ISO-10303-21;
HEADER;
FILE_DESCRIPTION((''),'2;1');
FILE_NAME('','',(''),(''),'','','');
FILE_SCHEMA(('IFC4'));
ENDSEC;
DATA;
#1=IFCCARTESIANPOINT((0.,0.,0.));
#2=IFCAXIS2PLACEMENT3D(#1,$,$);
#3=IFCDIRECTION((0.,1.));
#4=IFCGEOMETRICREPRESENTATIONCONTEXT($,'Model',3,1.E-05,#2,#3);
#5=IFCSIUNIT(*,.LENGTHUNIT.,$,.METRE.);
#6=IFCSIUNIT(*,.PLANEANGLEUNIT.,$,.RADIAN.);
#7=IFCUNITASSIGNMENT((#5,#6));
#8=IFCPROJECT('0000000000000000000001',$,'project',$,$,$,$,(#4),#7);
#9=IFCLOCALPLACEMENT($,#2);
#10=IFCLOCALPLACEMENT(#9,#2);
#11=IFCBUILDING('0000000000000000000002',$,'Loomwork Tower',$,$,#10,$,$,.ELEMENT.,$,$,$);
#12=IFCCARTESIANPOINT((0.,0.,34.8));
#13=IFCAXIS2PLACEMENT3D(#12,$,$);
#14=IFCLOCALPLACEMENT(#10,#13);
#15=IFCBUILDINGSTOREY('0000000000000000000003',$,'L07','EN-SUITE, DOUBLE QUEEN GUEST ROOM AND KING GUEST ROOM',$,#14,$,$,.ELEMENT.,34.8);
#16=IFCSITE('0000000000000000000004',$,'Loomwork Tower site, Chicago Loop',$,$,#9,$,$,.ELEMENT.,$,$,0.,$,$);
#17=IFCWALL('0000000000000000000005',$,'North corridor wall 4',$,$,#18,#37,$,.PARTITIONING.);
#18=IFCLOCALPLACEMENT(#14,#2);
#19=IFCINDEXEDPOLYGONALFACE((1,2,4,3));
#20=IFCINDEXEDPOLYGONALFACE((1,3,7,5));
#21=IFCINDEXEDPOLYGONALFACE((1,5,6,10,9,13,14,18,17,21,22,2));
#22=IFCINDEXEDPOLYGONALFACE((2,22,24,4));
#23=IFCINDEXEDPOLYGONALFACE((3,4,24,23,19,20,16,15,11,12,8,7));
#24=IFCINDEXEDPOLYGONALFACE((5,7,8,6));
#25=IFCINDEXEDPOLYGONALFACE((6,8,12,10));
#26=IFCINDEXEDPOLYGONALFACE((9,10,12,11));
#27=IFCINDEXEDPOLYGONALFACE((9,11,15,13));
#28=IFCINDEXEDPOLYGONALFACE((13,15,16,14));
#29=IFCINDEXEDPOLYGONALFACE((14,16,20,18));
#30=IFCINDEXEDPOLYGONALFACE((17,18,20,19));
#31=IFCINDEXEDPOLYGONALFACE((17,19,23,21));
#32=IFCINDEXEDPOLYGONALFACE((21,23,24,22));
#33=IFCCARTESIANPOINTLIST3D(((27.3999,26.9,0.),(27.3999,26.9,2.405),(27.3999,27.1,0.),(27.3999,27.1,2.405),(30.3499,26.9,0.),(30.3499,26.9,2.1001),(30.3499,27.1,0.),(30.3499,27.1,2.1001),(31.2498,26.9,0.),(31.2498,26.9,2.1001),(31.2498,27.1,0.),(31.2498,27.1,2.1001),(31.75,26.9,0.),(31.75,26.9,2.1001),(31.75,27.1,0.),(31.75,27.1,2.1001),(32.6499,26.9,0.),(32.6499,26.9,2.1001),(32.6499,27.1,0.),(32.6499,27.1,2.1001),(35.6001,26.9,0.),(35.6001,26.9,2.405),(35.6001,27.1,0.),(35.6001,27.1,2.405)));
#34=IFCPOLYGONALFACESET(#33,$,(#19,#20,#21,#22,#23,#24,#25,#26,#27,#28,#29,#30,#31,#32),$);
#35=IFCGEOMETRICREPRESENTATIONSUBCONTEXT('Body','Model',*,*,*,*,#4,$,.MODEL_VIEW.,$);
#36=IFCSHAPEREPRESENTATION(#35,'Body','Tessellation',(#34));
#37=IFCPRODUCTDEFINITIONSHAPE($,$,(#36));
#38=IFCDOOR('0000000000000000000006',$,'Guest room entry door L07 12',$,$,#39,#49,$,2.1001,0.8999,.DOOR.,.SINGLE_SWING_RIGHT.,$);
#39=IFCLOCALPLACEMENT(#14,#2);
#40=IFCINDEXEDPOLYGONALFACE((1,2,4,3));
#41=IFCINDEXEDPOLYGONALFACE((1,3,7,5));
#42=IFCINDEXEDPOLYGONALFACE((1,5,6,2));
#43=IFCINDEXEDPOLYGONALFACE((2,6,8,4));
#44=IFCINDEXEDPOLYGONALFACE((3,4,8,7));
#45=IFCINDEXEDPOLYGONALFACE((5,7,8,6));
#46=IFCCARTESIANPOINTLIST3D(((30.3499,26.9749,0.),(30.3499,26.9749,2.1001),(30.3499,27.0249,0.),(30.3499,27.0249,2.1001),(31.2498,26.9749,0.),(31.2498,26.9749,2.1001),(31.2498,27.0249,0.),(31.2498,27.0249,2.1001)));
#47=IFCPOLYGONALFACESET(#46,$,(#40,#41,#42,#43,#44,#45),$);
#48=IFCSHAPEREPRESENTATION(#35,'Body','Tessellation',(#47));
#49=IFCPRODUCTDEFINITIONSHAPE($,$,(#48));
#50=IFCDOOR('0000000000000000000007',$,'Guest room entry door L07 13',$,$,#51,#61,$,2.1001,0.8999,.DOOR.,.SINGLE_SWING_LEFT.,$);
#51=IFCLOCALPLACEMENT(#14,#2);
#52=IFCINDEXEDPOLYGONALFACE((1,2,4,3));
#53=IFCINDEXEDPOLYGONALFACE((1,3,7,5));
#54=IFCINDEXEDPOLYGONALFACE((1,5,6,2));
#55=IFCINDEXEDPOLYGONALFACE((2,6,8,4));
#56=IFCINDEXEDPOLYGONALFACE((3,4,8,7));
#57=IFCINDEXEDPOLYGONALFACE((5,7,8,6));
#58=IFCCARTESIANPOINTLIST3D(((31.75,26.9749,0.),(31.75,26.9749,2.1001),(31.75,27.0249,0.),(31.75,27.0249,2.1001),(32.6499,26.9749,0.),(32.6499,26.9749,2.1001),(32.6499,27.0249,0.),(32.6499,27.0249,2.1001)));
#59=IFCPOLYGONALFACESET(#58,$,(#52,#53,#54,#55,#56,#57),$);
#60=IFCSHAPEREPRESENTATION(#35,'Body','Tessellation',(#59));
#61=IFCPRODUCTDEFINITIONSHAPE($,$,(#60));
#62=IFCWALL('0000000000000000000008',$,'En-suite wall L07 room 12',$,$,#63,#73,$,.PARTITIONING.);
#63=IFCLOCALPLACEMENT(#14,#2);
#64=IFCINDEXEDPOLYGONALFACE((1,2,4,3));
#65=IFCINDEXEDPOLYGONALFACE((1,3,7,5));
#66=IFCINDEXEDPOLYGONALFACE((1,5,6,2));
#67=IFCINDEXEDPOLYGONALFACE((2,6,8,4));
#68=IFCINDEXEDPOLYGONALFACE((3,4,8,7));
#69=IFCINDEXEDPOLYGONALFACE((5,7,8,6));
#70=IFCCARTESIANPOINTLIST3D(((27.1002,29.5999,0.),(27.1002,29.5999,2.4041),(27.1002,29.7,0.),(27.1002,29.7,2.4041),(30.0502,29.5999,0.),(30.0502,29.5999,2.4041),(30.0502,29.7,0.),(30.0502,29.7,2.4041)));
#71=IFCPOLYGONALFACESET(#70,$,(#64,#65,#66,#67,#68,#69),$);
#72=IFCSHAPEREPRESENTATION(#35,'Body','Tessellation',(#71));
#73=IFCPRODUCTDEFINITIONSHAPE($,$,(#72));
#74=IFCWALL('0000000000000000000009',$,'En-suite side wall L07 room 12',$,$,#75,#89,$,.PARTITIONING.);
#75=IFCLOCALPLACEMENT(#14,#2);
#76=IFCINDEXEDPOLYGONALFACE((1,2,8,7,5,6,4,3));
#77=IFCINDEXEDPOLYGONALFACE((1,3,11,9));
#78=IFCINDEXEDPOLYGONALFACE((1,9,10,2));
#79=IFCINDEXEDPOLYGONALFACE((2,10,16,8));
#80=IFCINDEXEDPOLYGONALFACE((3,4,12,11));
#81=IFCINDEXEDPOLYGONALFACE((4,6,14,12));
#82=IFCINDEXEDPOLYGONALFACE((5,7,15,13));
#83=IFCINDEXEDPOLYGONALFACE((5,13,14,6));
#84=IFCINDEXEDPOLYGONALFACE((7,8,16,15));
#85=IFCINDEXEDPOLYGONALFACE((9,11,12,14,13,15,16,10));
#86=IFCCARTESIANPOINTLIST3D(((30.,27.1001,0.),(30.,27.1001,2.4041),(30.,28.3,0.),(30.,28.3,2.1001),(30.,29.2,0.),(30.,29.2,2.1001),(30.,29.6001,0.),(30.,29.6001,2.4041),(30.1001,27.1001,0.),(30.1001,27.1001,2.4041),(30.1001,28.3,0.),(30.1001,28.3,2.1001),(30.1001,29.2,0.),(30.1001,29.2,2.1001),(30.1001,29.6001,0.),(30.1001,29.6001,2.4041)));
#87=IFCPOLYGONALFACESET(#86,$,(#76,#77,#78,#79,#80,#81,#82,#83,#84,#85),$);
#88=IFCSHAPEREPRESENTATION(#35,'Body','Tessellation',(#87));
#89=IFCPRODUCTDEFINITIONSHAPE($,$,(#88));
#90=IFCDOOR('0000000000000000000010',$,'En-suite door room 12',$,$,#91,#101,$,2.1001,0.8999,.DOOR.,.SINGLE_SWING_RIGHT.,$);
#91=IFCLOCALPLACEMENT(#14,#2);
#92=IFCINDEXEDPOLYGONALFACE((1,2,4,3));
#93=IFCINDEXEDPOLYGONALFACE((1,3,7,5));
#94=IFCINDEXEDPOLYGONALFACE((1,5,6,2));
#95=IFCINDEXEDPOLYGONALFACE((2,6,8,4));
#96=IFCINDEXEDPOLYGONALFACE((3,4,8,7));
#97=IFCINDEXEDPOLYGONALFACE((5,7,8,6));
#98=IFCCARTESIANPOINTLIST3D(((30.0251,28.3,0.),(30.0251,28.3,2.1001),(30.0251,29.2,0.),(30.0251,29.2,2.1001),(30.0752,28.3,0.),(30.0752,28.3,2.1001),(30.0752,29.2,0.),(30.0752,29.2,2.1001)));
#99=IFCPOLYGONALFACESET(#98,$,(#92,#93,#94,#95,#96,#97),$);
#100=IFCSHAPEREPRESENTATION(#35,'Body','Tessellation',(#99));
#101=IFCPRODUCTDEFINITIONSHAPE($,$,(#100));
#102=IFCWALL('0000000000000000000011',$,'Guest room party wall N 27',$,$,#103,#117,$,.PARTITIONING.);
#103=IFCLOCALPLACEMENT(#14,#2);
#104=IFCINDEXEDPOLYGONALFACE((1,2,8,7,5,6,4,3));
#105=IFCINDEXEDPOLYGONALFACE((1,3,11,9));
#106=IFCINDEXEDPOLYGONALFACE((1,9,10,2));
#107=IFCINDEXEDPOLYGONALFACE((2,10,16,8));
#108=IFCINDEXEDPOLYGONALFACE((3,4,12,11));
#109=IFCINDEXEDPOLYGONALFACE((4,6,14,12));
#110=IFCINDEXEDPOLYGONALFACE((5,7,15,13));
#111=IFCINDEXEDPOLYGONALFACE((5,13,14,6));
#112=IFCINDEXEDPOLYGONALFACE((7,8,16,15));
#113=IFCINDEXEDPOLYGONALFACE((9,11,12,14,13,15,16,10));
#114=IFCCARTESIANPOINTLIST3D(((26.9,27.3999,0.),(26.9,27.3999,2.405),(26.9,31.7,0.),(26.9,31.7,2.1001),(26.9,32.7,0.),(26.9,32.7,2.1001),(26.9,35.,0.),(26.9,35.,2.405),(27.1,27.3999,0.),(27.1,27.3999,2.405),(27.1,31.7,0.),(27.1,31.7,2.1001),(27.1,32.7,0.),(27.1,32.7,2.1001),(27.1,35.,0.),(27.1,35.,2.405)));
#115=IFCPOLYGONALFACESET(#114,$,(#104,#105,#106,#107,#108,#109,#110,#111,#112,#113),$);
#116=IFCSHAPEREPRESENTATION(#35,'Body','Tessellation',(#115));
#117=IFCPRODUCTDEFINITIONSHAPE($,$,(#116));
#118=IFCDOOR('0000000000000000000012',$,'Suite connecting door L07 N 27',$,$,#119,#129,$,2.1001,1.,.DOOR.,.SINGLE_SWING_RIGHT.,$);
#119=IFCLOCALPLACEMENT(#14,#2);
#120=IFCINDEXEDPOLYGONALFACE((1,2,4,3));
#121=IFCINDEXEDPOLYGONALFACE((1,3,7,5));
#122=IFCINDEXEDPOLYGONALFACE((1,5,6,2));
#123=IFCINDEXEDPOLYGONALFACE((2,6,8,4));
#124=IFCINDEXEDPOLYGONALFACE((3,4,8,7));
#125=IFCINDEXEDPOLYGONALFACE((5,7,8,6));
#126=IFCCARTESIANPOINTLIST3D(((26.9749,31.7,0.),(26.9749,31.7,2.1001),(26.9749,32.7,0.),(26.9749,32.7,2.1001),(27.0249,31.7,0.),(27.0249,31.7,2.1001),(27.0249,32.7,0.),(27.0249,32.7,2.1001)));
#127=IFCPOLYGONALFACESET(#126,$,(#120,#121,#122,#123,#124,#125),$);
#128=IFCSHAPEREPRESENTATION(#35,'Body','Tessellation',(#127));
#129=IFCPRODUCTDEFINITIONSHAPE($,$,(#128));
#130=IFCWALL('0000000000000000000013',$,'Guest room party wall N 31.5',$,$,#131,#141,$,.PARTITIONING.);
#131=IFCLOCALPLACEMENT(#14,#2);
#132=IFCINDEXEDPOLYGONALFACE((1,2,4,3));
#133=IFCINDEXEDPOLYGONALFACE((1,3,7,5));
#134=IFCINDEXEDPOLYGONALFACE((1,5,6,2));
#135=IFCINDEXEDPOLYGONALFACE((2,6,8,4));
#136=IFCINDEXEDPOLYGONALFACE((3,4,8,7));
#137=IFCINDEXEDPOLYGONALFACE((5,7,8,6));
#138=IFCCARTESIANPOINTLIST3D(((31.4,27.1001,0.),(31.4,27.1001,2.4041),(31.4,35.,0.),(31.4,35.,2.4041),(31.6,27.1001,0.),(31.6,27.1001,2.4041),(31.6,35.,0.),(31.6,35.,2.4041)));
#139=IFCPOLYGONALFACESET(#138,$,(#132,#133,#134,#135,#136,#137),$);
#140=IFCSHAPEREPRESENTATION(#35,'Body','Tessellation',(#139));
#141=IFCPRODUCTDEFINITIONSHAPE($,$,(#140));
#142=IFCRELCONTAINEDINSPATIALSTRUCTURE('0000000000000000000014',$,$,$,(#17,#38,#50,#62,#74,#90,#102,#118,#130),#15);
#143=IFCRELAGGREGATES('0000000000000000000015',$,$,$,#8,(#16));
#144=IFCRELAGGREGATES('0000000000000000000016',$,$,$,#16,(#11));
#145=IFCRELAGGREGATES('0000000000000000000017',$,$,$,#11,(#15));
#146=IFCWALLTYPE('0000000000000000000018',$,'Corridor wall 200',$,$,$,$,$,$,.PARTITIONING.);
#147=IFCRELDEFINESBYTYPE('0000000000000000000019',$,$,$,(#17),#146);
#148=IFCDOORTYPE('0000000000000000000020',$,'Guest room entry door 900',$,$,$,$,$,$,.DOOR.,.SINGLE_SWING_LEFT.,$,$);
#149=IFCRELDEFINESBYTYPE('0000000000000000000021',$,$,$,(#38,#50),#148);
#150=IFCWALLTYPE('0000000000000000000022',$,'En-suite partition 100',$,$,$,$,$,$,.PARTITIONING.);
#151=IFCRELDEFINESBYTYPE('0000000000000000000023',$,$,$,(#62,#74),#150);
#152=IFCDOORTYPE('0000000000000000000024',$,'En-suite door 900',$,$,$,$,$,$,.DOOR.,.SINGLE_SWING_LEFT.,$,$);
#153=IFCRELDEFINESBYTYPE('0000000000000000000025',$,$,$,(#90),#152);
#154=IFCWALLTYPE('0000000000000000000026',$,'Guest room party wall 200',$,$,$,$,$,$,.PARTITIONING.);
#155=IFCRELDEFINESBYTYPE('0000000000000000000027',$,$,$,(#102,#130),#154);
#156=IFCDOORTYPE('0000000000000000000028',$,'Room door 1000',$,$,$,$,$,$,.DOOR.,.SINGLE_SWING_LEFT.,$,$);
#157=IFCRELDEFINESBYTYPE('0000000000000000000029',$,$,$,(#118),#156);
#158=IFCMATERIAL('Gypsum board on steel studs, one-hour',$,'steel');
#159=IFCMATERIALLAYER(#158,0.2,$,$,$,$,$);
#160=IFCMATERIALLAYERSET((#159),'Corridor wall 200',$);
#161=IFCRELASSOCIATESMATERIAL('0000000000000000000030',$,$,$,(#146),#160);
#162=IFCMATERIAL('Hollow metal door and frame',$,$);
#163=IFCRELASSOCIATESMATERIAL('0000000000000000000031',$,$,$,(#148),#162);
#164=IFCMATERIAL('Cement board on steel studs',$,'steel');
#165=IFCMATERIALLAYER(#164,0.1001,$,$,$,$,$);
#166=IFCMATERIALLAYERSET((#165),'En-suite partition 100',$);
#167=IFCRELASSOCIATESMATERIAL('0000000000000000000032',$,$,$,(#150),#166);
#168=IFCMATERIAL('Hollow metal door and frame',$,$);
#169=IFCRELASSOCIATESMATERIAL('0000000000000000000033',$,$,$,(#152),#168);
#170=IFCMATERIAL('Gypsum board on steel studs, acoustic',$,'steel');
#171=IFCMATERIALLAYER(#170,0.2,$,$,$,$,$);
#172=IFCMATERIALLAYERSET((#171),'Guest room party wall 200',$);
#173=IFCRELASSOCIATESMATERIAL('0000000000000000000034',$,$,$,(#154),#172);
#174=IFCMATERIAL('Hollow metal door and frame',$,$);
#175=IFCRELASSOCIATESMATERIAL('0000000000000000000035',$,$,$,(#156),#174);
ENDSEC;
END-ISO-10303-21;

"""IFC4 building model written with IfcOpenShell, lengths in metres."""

from ifc_helpers import new_model, si_unit, direction, frame, frame_2d, origin, place, context, subcontext, project, spatial, rectangle, extrude, material, layer, layer_set, type_object, element, fill, save


model = new_model("IFC4")

# Units and contexts
model_context = context("Model", 3, precision=1e-05, world=origin(), true_north=direction((0.0, 1.0)))
body_context = subcontext(model_context, "Body", "Model", "MODEL_VIEW")
ifc_project = project(units=[si_unit("LENGTHUNIT", "METRE"), si_unit("PLANEANGLEUNIT", "RADIAN")], contexts=[model_context])

# Site, building, storey
site_placement = place(None, origin())
site = spatial("IfcSite", under=ifc_project, at=site_placement, Name="Loomwork Tower site, Chicago Loop", CompositionType="ELEMENT", RefElevation=0.0)
building_placement = place(site_placement, origin())
building = spatial("IfcBuilding", under=site, at=building_placement, Name="Loomwork Tower", CompositionType="ELEMENT")
storey_placement = place(building_placement, frame((0.0, 0.0, 34.8)))
storey = spatial("IfcBuildingStorey", under=building, at=storey_placement, Name="L07", Description="EN-SUITE, DOUBLE QUEEN GUEST ROOM AND KING GUEST ROOM", CompositionType="ELEMENT", Elevation=34.8)

# Wall, openings, doors
ifc_material_1 = material(Name="Gypsum board on steel studs, one-hour", Category="steel")
ifc_layer_1 = layer(ifc_material_1, 0.2)
ifc_layer_set_1 = layer_set([ifc_layer_1], Name="Corridor wall 200")
wall_type_1 = type_object("IfcWallType", Name="Corridor wall 200", PredefinedType="PARTITIONING", material=ifc_layer_set_1)
wall_1_placement = place(storey_placement, frame((27.3999, 27.0, 0.0), z_axis=(0.0, 0.0, 1.0), x_axis=(1.0, 0.0, 0.0)))
wall_1 = element("IfcWall", 1, at=wall_1_placement, inside=storey, type_object=wall_type_1, Name="North corridor wall 4", PredefinedType="PARTITIONING", context=body_context, shape_type="SweptSolid", body=[
    extrude(rectangle(XDim=8.2002, YDim=0.2, at=frame_2d((4.1001, 0.0))), origin(), (0.0, 0.0, 1.0), 2.405),
])
opening_1_placement = place(wall_1_placement, frame((2.95, 0.0, 0.0)))
opening_1 = element("IfcOpeningElement", 2, at=opening_1_placement, cuts=wall_1, PredefinedType="OPENING", context=body_context, shape_type="SweptSolid", body=[
    extrude(rectangle(XDim=0.8999, YDim=2.1001, at=frame_2d((0.45, 1.05))), frame((0.0, 0.1099, 0.0), z_axis=(0.0, -1.0, 0.0), x_axis=(1.0, 0.0, 0.0)), (0.0, 0.0, 1.0), 0.22),
])
opening_2_placement = place(wall_1_placement, frame((4.3501, 0.0, 0.0)))
opening_2 = element("IfcOpeningElement", 3, at=opening_2_placement, cuts=wall_1, PredefinedType="OPENING", context=body_context, shape_type="SweptSolid", body=[
    extrude(rectangle(XDim=0.8999, YDim=2.1001, at=frame_2d((0.45, 1.05))), frame((0.0, 0.1099, 0.0), z_axis=(0.0, -1.0, 0.0), x_axis=(1.0, 0.0, 0.0)), (0.0, 0.0, 1.0), 0.22),
])
ifc_material_2 = material(Name="Hollow metal door and frame")
door_type_1 = type_object("IfcDoorType", Name="Guest room entry door 900", OperationType="SINGLE_SWING_LEFT", PredefinedType="DOOR", material=ifc_material_2)
door_1_placement = place(opening_1_placement, origin())
door_1 = element("IfcDoor", 4, at=door_1_placement, inside=storey, type_object=door_type_1, Name="Guest room entry door L07 12", OperationType="SINGLE_SWING_RIGHT", OverallHeight=2.1001, OverallWidth=0.8999, PredefinedType="DOOR", context=body_context, shape_type="SweptSolid", body=[
    extrude(rectangle(XDim=0.8999, YDim=2.1001, at=frame_2d((0.45, 1.05))), frame((0.0, 0.0249, 0.0), z_axis=(0.0, -1.0, 0.0), x_axis=(1.0, 0.0, 0.0)), (0.0, 0.0, 1.0), 0.05),
])
fill(opening_1, door_1)
door_2_placement = place(opening_2_placement, origin())
door_2 = element("IfcDoor", 5, at=door_2_placement, inside=storey, type_object=door_type_1, Name="Guest room entry door L07 13", OperationType="SINGLE_SWING_LEFT", OverallHeight=2.1001, OverallWidth=0.8999, PredefinedType="DOOR", context=body_context, shape_type="SweptSolid", body=[
    extrude(rectangle(XDim=0.8999, YDim=2.1001, at=frame_2d((0.45, 1.05))), frame((0.0, 0.0249, 0.0), z_axis=(0.0, -1.0, 0.0), x_axis=(1.0, 0.0, 0.0)), (0.0, 0.0, 1.0), 0.05),
])
fill(opening_2, door_2)

# Wall
ifc_material_3 = material(Name="Cement board on steel studs", Category="steel")
ifc_layer_2 = layer(ifc_material_3, 0.1001)
ifc_layer_set_2 = layer_set([ifc_layer_2], Name="En-suite partition 100")
wall_type_2 = type_object("IfcWallType", Name="En-suite partition 100", PredefinedType="PARTITIONING", material=ifc_layer_set_2)
wall_2_placement = place(storey_placement, frame((27.1001, 29.6499, 0.0), z_axis=(0.0, 0.0, 1.0), x_axis=(1.0, 0.0, 0.0)))
element("IfcWall", 6, at=wall_2_placement, inside=storey, type_object=wall_type_2, Name="En-suite wall L07 room 12", PredefinedType="PARTITIONING", context=body_context, shape_type="SweptSolid", body=[
    extrude(rectangle(XDim=2.95, YDim=0.1001, at=frame_2d((1.4751, 0.0))), origin(), (0.0, 0.0, 1.0), 2.4041),
])

# Walls, openings, doors
wall_3_placement = place(storey_placement, frame((30.05, 27.1001, 0.0), z_axis=(0.0, 0.0, 1.0), x_axis=(0.0, 1.0, 0.0)))
wall_3 = element("IfcWall", 7, at=wall_3_placement, inside=storey, type_object=wall_type_2, Name="En-suite side wall L07 room 12", PredefinedType="PARTITIONING", context=body_context, shape_type="SweptSolid", body=[
    extrude(rectangle(XDim=2.5, YDim=0.1001, at=frame_2d((1.25, 0.0))), origin(), (0.0, 0.0, 1.0), 2.4041),
])
opening_3_placement = place(wall_3_placement, frame((1.2, 0.0, 0.0)))
opening_3 = element("IfcOpeningElement", 8, at=opening_3_placement, cuts=wall_3, PredefinedType="OPENING", context=body_context, shape_type="SweptSolid", body=[
    extrude(rectangle(XDim=0.8999, YDim=2.1001, at=frame_2d((0.45, 1.05))), frame((0.0, 0.0601, 0.0), z_axis=(0.0, -1.0, 0.0), x_axis=(1.0, 0.0, 0.0)), (0.0, 0.0, 1.0), 0.1201),
])
ifc_material_4 = material(Name="Hollow metal door and frame")
door_type_2 = type_object("IfcDoorType", Name="En-suite door 900", OperationType="SINGLE_SWING_LEFT", PredefinedType="DOOR", material=ifc_material_4)
door_3_placement = place(opening_3_placement, origin())
door_3 = element("IfcDoor", 9, at=door_3_placement, inside=storey, type_object=door_type_2, Name="En-suite door room 12", OperationType="SINGLE_SWING_RIGHT", OverallHeight=2.1001, OverallWidth=0.8999, PredefinedType="DOOR", context=body_context, shape_type="SweptSolid", body=[
    extrude(rectangle(XDim=0.8999, YDim=2.1001, at=frame_2d((0.45, 1.05))), frame((0.0, 0.0249, 0.0), z_axis=(0.0, -1.0, 0.0), x_axis=(1.0, 0.0, 0.0)), (0.0, 0.0, 1.0), 0.05),
])
fill(opening_3, door_3)
ifc_material_5 = material(Name="Gypsum board on steel studs, acoustic", Category="steel")
ifc_layer_3 = layer(ifc_material_5, 0.2)
ifc_layer_set_3 = layer_set([ifc_layer_3], Name="Guest room party wall 200")
wall_type_3 = type_object("IfcWallType", Name="Guest room party wall 200", PredefinedType="PARTITIONING", material=ifc_layer_set_3)
wall_4_placement = place(storey_placement, frame((27.0, 27.3999, 0.0), z_axis=(0.0, 0.0, 1.0), x_axis=(0.0, 1.0, 0.0)))
wall_4 = element("IfcWall", 10, at=wall_4_placement, inside=storey, type_object=wall_type_3, Name="Guest room party wall N 27", PredefinedType="PARTITIONING", context=body_context, shape_type="SweptSolid", body=[
    extrude(rectangle(XDim=7.6001, YDim=0.2, at=frame_2d((3.8, 0.0))), origin(), (0.0, 0.0, 1.0), 2.405),
])
opening_4_placement = place(wall_4_placement, frame((4.3, 0.0, 0.0)))
opening_4 = element("IfcOpeningElement", 11, at=opening_4_placement, cuts=wall_4, PredefinedType="OPENING", context=body_context, shape_type="SweptSolid", body=[
    extrude(rectangle(XDim=1.0, YDim=2.1001, at=frame_2d((0.5, 1.05))), frame((0.0, 0.1099, 0.0), z_axis=(0.0, -1.0, 0.0), x_axis=(1.0, 0.0, 0.0)), (0.0, 0.0, 1.0), 0.22),
])
ifc_material_6 = material(Name="Hollow metal door and frame")
door_type_3 = type_object("IfcDoorType", Name="Room door 1000", OperationType="SINGLE_SWING_LEFT", PredefinedType="DOOR", material=ifc_material_6)
door_4_placement = place(opening_4_placement, frame((1.0, 0.0, 0.0), z_axis=(0.0, 0.0, 1.0), x_axis=(-1.0, 0.0, 0.0)))
door_4 = element("IfcDoor", 12, at=door_4_placement, inside=storey, type_object=door_type_3, Name="Suite connecting door L07 N 27", OperationType="SINGLE_SWING_RIGHT", OverallHeight=2.1001, OverallWidth=1.0, PredefinedType="DOOR", context=body_context, shape_type="SweptSolid", body=[
    extrude(rectangle(XDim=1.0, YDim=2.1001, at=frame_2d((0.5, 1.05))), frame((0.0, 0.0249, 0.0), z_axis=(0.0, -1.0, 0.0), x_axis=(1.0, 0.0, 0.0)), (0.0, 0.0, 1.0), 0.05),
])
fill(opening_4, door_4)

# Wall
wall_5_placement = place(storey_placement, frame((31.5, 27.1001, 0.0), z_axis=(0.0, 0.0, 1.0), x_axis=(0.0, 1.0, 0.0)))
element("IfcWall", 13, at=wall_5_placement, inside=storey, type_object=wall_type_3, Name="Guest room party wall N 31.5", PredefinedType="PARTITIONING", context=body_context, shape_type="SweptSolid", body=[
    extrude(rectangle(XDim=7.8999, YDim=0.2, at=frame_2d((3.95, 0.0))), origin(), (0.0, 0.0, 1.0), 2.4041),
])

save(model, "model.ifc")
